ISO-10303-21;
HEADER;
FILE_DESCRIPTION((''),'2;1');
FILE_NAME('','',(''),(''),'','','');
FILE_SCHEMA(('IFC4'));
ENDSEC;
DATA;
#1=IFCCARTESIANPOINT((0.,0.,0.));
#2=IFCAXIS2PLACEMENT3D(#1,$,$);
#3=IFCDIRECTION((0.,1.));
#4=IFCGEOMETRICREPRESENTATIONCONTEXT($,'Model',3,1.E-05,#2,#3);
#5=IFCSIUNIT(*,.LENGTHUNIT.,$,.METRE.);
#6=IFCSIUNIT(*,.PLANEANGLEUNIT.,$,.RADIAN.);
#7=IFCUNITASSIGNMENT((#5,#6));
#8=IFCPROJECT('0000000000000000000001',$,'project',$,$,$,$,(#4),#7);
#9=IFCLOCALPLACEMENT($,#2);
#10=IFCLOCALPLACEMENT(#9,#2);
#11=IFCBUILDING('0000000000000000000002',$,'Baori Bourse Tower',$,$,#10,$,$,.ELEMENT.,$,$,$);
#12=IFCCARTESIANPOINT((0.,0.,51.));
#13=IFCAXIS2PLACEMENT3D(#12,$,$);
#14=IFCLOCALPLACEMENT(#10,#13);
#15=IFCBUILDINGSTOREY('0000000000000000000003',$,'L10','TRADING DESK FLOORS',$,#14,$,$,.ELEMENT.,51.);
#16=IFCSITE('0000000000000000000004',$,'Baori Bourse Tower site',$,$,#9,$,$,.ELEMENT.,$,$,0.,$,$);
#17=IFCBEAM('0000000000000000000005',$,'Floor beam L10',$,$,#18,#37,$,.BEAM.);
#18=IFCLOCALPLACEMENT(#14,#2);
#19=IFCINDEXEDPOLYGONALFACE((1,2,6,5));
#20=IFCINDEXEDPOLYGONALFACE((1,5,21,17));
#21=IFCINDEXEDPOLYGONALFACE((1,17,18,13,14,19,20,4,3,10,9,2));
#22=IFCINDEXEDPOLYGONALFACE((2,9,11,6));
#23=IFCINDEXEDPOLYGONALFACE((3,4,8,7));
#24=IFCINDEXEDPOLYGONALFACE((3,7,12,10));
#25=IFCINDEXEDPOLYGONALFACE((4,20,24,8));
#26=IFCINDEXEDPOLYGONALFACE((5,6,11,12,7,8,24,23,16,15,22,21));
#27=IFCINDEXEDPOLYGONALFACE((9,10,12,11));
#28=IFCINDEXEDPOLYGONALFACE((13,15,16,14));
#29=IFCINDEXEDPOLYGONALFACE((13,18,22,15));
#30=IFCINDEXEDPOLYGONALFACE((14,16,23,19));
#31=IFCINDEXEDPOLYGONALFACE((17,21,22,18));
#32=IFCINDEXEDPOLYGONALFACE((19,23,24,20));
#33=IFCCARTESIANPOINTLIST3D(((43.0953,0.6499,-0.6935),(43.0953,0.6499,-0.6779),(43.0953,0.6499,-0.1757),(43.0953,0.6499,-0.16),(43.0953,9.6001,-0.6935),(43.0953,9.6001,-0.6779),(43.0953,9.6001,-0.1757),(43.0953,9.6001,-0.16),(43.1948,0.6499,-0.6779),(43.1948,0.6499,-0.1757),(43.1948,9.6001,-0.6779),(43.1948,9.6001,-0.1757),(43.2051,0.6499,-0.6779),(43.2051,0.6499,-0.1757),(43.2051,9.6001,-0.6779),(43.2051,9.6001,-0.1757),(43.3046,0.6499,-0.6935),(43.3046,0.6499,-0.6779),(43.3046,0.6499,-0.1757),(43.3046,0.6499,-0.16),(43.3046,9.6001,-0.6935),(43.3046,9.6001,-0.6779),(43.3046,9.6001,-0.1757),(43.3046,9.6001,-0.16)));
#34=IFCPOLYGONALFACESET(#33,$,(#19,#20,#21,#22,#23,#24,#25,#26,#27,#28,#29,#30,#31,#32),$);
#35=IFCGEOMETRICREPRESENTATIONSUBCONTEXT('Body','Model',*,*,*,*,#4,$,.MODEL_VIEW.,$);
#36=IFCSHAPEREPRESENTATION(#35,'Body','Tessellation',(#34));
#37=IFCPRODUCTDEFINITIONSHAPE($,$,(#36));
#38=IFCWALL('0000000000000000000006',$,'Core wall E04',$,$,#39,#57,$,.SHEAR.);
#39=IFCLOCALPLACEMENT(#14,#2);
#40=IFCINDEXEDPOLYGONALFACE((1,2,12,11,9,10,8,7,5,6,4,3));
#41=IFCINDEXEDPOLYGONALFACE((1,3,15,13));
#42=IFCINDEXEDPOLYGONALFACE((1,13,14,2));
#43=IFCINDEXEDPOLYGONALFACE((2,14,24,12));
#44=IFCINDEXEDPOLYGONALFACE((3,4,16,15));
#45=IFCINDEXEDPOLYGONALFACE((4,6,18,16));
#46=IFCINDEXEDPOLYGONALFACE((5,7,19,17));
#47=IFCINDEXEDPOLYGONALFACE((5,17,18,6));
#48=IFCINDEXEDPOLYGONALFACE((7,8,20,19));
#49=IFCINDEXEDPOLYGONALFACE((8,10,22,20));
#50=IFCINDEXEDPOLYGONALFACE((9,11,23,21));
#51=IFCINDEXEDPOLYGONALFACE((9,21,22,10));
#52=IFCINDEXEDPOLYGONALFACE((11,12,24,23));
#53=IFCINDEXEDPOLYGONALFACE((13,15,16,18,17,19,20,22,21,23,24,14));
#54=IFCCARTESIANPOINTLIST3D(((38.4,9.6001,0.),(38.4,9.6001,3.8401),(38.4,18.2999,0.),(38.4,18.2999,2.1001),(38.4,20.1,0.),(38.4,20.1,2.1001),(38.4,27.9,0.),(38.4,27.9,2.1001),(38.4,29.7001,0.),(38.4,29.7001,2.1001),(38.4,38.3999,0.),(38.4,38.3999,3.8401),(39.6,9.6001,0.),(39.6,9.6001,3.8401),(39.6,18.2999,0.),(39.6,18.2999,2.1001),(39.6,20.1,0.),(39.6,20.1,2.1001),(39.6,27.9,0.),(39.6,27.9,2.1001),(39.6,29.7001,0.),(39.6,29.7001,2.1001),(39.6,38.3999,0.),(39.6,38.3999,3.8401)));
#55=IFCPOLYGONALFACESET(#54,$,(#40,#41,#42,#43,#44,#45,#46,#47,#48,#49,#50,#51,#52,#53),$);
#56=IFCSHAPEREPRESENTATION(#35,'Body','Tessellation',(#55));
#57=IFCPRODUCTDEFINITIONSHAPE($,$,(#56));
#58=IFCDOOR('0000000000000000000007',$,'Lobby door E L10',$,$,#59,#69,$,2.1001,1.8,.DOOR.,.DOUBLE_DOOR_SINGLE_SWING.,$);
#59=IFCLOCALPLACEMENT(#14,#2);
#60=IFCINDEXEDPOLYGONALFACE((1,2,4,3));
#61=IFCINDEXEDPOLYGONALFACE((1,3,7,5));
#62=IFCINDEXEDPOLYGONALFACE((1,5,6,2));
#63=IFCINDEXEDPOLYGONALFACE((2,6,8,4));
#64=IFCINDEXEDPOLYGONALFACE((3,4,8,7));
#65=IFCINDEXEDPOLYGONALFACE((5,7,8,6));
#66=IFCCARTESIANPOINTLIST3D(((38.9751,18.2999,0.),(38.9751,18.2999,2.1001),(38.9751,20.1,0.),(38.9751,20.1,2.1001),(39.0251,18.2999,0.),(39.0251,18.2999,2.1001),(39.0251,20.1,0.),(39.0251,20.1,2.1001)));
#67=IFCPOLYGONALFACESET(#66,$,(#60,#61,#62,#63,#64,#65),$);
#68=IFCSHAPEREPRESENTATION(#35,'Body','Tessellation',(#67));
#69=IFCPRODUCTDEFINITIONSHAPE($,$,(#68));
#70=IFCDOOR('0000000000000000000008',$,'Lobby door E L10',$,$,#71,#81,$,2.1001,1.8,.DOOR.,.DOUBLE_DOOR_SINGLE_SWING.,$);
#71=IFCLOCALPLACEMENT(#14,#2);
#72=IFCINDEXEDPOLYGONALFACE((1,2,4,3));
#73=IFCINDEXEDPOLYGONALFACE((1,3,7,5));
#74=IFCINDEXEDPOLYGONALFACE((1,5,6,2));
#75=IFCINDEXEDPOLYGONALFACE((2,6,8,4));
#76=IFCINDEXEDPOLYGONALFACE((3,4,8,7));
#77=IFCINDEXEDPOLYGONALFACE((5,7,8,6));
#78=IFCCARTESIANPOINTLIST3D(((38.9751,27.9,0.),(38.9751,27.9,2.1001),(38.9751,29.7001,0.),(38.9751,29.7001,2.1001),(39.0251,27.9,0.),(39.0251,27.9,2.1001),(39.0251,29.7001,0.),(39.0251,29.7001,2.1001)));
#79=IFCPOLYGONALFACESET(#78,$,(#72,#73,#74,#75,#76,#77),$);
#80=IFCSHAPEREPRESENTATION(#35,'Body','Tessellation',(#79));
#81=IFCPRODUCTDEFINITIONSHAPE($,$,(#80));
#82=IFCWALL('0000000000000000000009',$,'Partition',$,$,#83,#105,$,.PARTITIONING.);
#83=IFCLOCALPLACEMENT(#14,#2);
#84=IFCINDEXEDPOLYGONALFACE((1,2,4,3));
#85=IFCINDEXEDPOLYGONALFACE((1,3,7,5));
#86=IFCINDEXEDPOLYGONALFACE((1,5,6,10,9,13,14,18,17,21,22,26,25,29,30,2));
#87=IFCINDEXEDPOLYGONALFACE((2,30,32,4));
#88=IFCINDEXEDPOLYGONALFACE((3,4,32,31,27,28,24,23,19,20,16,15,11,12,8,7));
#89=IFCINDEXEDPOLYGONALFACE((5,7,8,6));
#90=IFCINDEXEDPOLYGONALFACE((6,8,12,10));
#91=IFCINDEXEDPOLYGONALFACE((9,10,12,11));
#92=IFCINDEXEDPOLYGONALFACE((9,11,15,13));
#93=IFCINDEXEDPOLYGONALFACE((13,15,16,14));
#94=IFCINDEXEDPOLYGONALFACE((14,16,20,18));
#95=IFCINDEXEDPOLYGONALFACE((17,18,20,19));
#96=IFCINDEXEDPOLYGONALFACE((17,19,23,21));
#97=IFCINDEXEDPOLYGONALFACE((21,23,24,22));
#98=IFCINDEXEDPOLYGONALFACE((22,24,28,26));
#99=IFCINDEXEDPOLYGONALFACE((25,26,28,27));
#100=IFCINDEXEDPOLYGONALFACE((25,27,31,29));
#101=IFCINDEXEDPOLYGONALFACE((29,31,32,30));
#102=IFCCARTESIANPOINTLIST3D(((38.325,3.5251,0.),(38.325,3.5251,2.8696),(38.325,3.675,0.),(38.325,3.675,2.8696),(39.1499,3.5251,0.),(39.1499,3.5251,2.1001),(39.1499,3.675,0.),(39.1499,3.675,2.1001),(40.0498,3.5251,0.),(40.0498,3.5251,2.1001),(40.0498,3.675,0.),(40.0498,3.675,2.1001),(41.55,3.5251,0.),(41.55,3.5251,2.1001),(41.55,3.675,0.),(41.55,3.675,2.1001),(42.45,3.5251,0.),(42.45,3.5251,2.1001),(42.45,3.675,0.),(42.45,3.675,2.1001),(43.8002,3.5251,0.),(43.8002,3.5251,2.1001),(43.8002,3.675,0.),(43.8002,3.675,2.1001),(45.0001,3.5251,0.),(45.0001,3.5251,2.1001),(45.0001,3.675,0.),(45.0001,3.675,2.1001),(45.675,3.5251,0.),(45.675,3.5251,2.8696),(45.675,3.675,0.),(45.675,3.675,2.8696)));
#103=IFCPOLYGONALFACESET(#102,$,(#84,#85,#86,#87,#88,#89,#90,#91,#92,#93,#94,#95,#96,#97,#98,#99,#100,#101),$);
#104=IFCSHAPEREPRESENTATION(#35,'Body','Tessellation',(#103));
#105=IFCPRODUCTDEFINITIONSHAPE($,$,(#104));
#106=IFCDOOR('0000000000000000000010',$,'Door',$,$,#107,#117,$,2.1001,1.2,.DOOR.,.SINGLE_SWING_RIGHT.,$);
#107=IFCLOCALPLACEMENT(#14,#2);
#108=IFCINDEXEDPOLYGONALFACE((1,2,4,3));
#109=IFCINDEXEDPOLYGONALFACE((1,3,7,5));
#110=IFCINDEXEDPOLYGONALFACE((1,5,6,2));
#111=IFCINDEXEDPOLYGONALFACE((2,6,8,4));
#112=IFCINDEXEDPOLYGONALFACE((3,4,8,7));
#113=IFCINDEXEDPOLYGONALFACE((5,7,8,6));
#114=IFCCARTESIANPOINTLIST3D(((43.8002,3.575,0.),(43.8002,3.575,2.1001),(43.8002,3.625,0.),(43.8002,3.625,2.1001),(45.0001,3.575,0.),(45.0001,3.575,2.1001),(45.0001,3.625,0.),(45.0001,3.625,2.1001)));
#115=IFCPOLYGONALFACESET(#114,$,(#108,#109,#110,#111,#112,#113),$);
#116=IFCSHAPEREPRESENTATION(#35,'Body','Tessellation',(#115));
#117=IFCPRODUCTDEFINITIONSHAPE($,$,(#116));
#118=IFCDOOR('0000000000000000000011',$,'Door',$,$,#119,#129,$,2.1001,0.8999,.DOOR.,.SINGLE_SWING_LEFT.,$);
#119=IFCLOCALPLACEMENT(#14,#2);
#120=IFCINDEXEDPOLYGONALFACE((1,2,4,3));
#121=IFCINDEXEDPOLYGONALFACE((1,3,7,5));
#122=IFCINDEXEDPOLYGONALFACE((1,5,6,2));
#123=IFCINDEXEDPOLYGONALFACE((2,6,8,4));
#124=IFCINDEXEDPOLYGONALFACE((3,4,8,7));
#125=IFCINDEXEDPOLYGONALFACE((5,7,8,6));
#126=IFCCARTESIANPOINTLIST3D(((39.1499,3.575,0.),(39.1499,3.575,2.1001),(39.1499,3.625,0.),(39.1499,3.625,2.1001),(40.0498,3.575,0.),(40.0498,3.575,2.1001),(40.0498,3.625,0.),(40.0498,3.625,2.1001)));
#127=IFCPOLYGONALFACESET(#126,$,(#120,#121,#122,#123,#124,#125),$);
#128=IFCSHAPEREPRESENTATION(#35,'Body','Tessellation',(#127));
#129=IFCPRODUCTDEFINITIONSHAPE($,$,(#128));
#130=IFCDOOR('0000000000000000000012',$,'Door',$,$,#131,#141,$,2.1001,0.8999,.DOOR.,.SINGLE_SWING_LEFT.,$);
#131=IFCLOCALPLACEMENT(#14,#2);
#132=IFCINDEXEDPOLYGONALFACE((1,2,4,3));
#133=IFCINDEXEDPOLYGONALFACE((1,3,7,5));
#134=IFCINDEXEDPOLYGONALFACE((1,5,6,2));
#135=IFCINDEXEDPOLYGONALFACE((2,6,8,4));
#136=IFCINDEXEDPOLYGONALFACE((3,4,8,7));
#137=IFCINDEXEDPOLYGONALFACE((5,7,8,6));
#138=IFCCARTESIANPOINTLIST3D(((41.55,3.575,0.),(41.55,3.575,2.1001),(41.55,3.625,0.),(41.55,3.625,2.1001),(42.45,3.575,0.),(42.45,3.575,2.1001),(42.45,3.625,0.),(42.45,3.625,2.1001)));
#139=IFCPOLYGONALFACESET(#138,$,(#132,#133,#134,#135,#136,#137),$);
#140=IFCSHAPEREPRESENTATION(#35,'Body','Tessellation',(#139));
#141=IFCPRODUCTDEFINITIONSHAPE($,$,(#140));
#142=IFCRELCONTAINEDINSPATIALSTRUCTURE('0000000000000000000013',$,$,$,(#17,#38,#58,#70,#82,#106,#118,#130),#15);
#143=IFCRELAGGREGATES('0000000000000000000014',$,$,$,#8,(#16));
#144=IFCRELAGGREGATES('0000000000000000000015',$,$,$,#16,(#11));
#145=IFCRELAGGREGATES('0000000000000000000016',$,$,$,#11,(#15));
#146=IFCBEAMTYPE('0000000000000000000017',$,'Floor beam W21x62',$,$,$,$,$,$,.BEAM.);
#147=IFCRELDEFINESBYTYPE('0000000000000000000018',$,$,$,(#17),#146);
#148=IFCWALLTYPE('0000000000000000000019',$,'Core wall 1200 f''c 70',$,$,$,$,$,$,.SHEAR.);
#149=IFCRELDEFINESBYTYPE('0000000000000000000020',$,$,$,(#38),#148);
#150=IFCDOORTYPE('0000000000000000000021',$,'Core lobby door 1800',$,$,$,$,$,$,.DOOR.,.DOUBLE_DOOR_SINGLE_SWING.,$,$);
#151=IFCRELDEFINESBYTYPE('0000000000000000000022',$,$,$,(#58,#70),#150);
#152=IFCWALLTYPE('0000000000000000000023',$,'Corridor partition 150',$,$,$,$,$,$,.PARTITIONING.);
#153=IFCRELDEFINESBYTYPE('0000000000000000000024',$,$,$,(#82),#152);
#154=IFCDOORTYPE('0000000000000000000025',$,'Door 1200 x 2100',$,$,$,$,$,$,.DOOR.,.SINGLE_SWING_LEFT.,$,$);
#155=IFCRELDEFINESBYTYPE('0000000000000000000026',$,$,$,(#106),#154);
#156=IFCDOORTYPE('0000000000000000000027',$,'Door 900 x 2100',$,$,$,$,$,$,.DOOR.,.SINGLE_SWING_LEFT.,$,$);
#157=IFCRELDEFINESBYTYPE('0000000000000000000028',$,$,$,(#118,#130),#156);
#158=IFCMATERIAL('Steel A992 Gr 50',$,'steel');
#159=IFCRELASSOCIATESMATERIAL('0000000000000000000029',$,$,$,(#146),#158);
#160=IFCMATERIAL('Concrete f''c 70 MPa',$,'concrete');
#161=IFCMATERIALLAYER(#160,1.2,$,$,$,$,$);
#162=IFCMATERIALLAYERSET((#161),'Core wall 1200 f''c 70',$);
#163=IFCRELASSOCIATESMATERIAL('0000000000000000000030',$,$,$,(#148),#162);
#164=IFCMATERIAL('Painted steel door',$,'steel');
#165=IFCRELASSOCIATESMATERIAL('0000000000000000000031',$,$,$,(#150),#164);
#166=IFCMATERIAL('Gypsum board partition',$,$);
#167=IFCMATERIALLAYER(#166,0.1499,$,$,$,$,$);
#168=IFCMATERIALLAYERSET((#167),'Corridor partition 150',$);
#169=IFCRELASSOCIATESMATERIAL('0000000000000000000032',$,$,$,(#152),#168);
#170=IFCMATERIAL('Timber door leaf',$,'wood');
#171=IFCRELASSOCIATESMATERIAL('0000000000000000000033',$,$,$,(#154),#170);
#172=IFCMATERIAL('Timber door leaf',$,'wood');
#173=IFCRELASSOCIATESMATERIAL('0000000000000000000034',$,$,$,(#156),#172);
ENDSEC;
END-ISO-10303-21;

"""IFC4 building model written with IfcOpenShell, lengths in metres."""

from ifc_helpers import new_model, si_unit, direction, frame, frame_2d, origin, origin_2d, place, context, subcontext, project, spatial, rectangle, i_section, extrude, material, layer, layer_set, material_profile, profile_set, type_object, element, fill, save


model = new_model("IFC4")

# Units and contexts
model_context = context("Model", 3, precision=1e-05, world=origin(), true_north=direction((0.0, 1.0)))
body_context = subcontext(model_context, "Body", "Model", "MODEL_VIEW")
ifc_project = project(units=[si_unit("LENGTHUNIT", "METRE"), si_unit("PLANEANGLEUNIT", "RADIAN")], contexts=[model_context])

# Site, building, storey
site_placement = place(None, origin())
site = spatial("IfcSite", under=ifc_project, at=site_placement, Name="Baori Bourse Tower site", CompositionType="ELEMENT", RefElevation=0.0)
building_placement = place(site_placement, origin())
building = spatial("IfcBuilding", under=site, at=building_placement, Name="Baori Bourse Tower", CompositionType="ELEMENT")
storey_placement = place(building_placement, frame((0.0, 0.0, 51.0)))
storey = spatial("IfcBuildingStorey", under=building, at=storey_placement, Name="L10", Description="TRADING DESK FLOORS", CompositionType="ELEMENT", Elevation=51.0)

# Beam
ifc_material_1 = material(Name="Steel A992 Gr 50", Category="steel")
ifc_material_profile = material_profile(ifc_material_1, i_section(OverallWidth=0.2092, OverallDepth=0.5334, WebThickness=0.0103, FlangeThickness=0.0156, at=origin_2d()), Name="W21x62")
ifc_profile_set = profile_set([ifc_material_profile], Name="Steel A992 Gr 50")
beam_type = type_object("IfcBeamType", Name="Floor beam W21x62", PredefinedType="BEAM", material=ifc_profile_set)
beam_placement = place(storey_placement, frame((43.2, 0.6499, -0.4268), z_axis=(0.0, 1.0, 0.0), x_axis=(-1.0, 0.0, 0.0)))
element("IfcBeam", 1, at=beam_placement, inside=storey, type_object=beam_type, Name="Floor beam L10", PredefinedType="BEAM", context=body_context, shape_type="SweptSolid", body=[
    extrude(i_section(OverallWidth=0.2092, OverallDepth=0.5334, WebThickness=0.0103, FlangeThickness=0.0156, at=origin_2d()), origin(), (0.0, 0.0, 1.0), 8.9502),
])

# Walls, openings, doors
ifc_material_2 = material(Name="Concrete f'c 70 MPa", Category="concrete")
ifc_layer_1 = layer(ifc_material_2, 1.2)
ifc_layer_set_1 = layer_set([ifc_layer_1], Name="Core wall 1200 f'c 70")
wall_type_1 = type_object("IfcWallType", Name="Core wall 1200 f'c 70", PredefinedType="SHEAR", material=ifc_layer_set_1)
wall_1_placement = place(storey_placement, frame((39.0, 9.6001, 0.0), z_axis=(0.0, 0.0, 1.0), x_axis=(0.0, 1.0, 0.0)))
wall_1 = element("IfcWall", 2, at=wall_1_placement, inside=storey, type_object=wall_type_1, Name="Core wall E04", PredefinedType="SHEAR", context=body_context, shape_type="SweptSolid", body=[
    extrude(rectangle(XDim=28.7998, YDim=1.2, at=frame_2d((14.3999, 0.0))), origin(), (0.0, 0.0, 1.0), 3.8401),
])
opening_1_placement = place(wall_1_placement, frame((8.7, 0.0, 0.0)))
opening_1 = element("IfcOpeningElement", 3, at=opening_1_placement, cuts=wall_1, PredefinedType="OPENING", context=body_context, shape_type="SweptSolid", body=[
    extrude(rectangle(XDim=1.8, YDim=2.1001, at=frame_2d((0.8999, 1.05))), frame((0.0, 0.6099, 0.0), z_axis=(0.0, -1.0, 0.0), x_axis=(1.0, 0.0, 0.0)), (0.0, 0.0, 1.0), 1.22),
])
opening_2_placement = place(wall_1_placement, frame((18.3, 0.0, 0.0)))
opening_2 = element("IfcOpeningElement", 4, at=opening_2_placement, cuts=wall_1, PredefinedType="OPENING", context=body_context, shape_type="SweptSolid", body=[
    extrude(rectangle(XDim=1.8, YDim=2.1001, at=frame_2d((0.8999, 1.05))), frame((0.0, 0.6099, 0.0), z_axis=(0.0, -1.0, 0.0), x_axis=(1.0, 0.0, 0.0)), (0.0, 0.0, 1.0), 1.22),
])
ifc_material_3 = material(Name="Painted steel door", Category="steel")
door_type_1 = type_object("IfcDoorType", Name="Core lobby door 1800", OperationType="DOUBLE_DOOR_SINGLE_SWING", PredefinedType="DOOR", material=ifc_material_3)
door_1_placement = place(opening_1_placement, origin())
door_1 = element("IfcDoor", 5, at=door_1_placement, inside=storey, type_object=door_type_1, Name="Lobby door E L10", OperationType="DOUBLE_DOOR_SINGLE_SWING", OverallHeight=2.1001, OverallWidth=1.8, PredefinedType="DOOR", context=body_context, shape_type="SweptSolid", body=[
    extrude(rectangle(XDim=1.8, YDim=2.1001, at=frame_2d((0.8999, 1.05))), frame((0.0, 0.0249, 0.0), z_axis=(0.0, -1.0, 0.0), x_axis=(1.0, 0.0, 0.0)), (0.0, 0.0, 1.0), 0.05),
])
fill(opening_1, door_1)
door_2_placement = place(opening_2_placement, origin())
door_2 = element("IfcDoor", 6, at=door_2_placement, inside=storey, type_object=door_type_1, Name="Lobby door E L10", OperationType="DOUBLE_DOOR_SINGLE_SWING", OverallHeight=2.1001, OverallWidth=1.8, PredefinedType="DOOR", context=body_context, shape_type="SweptSolid", body=[
    extrude(rectangle(XDim=1.8, YDim=2.1001, at=frame_2d((0.8999, 1.05))), frame((0.0, 0.0249, 0.0), z_axis=(0.0, -1.0, 0.0), x_axis=(1.0, 0.0, 0.0)), (0.0, 0.0, 1.0), 0.05),
])
fill(opening_2, door_2)
ifc_material_4 = material(Name="Gypsum board partition")
ifc_layer_2 = layer(ifc_material_4, 0.1499)
ifc_layer_set_2 = layer_set([ifc_layer_2], Name="Corridor partition 150")
wall_type_2 = type_object("IfcWallType", Name="Corridor partition 150", PredefinedType="PARTITIONING", material=ifc_layer_set_2)
wall_2_placement = place(storey_placement, frame((38.325, 3.6001, 0.0), z_axis=(0.0, 0.0, 1.0), x_axis=(1.0, 0.0, 0.0)))
wall_2 = element("IfcWall", 7, at=wall_2_placement, inside=storey, type_object=wall_type_2, Name="Partition", PredefinedType="PARTITIONING", context=body_context, shape_type="SweptSolid", body=[
    extrude(rectangle(XDim=7.3501, YDim=0.1499, at=frame_2d((3.675, 0.0))), origin(), (0.0, 0.0, 1.0), 2.8696),
])
opening_3_placement = place(wall_2_placement, frame((0.825, 0.0, 0.0)))
opening_3 = element("IfcOpeningElement", 8, at=opening_3_placement, cuts=wall_2, PredefinedType="OPENING", context=body_context, shape_type="SweptSolid", body=[
    extrude(rectangle(XDim=0.8999, YDim=2.1001, at=frame_2d((0.45, 1.05))), frame((0.0, 0.085, 0.0), z_axis=(0.0, -1.0, 0.0), x_axis=(1.0, 0.0, 0.0)), (0.0, 0.0, 1.0), 0.1699),
])
opening_4_placement = place(wall_2_placement, frame((3.2251, 0.0, 0.0)))
opening_4 = element("IfcOpeningElement", 9, at=opening_4_placement, cuts=wall_2, PredefinedType="OPENING", context=body_context, shape_type="SweptSolid", body=[
    extrude(rectangle(XDim=0.8999, YDim=2.1001, at=frame_2d((0.45, 1.05))), frame((0.0, 0.085, 0.0), z_axis=(0.0, -1.0, 0.0), x_axis=(1.0, 0.0, 0.0)), (0.0, 0.0, 1.0), 0.1699),
])
opening_5_placement = place(wall_2_placement, frame((5.4751, 0.0, 0.0)))
opening_5 = element("IfcOpeningElement", 10, at=opening_5_placement, cuts=wall_2, PredefinedType="OPENING", context=body_context, shape_type="SweptSolid", body=[
    extrude(rectangle(XDim=1.2, YDim=2.1001, at=frame_2d((0.6001, 1.05))), frame((0.0, 0.085, 0.0), z_axis=(0.0, -1.0, 0.0), x_axis=(1.0, 0.0, 0.0)), (0.0, 0.0, 1.0), 0.1699),
])
ifc_material_5 = material(Name="Timber door leaf", Category="wood")
door_type_2 = type_object("IfcDoorType", Name="Door 1200 x 2100", OperationType="SINGLE_SWING_LEFT", PredefinedType="DOOR", material=ifc_material_5)
door_3_placement = place(opening_5_placement, origin())
door_3 = element("IfcDoor", 11, at=door_3_placement, inside=storey, type_object=door_type_2, Name="Door", OperationType="SINGLE_SWING_RIGHT", OverallHeight=2.1001, OverallWidth=1.2, PredefinedType="DOOR", context=body_context, shape_type="SweptSolid", body=[
    extrude(rectangle(XDim=1.2, YDim=2.1001, at=frame_2d((0.6001, 1.05))), frame((0.0, 0.0249, 0.0), z_axis=(0.0, -1.0, 0.0), x_axis=(1.0, 0.0, 0.0)), (0.0, 0.0, 1.0), 0.05),
])
fill(opening_5, door_3)
ifc_material_6 = material(Name="Timber door leaf", Category="wood")
door_type_3 = type_object("IfcDoorType", Name="Door 900 x 2100", OperationType="SINGLE_SWING_LEFT", PredefinedType="DOOR", material=ifc_material_6)
door_4_placement = place(opening_3_placement, origin())
door_4 = element("IfcDoor", 12, at=door_4_placement, inside=storey, type_object=door_type_3, Name="Door", OperationType="SINGLE_SWING_LEFT", OverallHeight=2.1001, OverallWidth=0.8999, PredefinedType="DOOR", context=body_context, shape_type="SweptSolid", body=[
    extrude(rectangle(XDim=0.8999, YDim=2.1001, at=frame_2d((0.45, 1.05))), frame((0.0, 0.0249, 0.0), z_axis=(0.0, -1.0, 0.0), x_axis=(1.0, 0.0, 0.0)), (0.0, 0.0, 1.0), 0.05),
])
fill(opening_3, door_4)
door_5_placement = place(opening_4_placement, origin())
door_5 = element("IfcDoor", 13, at=door_5_placement, inside=storey, type_object=door_type_3, Name="Door", OperationType="SINGLE_SWING_LEFT", OverallHeight=2.1001, OverallWidth=0.8999, PredefinedType="DOOR", context=body_context, shape_type="SweptSolid", body=[
    extrude(rectangle(XDim=0.8999, YDim=2.1001, at=frame_2d((0.45, 1.05))), frame((0.0, 0.0249, 0.0), z_axis=(0.0, -1.0, 0.0), x_axis=(1.0, 0.0, 0.0)), (0.0, 0.0, 1.0), 0.05),
])
fill(opening_4, door_5)

save(model, "model.ifc")
